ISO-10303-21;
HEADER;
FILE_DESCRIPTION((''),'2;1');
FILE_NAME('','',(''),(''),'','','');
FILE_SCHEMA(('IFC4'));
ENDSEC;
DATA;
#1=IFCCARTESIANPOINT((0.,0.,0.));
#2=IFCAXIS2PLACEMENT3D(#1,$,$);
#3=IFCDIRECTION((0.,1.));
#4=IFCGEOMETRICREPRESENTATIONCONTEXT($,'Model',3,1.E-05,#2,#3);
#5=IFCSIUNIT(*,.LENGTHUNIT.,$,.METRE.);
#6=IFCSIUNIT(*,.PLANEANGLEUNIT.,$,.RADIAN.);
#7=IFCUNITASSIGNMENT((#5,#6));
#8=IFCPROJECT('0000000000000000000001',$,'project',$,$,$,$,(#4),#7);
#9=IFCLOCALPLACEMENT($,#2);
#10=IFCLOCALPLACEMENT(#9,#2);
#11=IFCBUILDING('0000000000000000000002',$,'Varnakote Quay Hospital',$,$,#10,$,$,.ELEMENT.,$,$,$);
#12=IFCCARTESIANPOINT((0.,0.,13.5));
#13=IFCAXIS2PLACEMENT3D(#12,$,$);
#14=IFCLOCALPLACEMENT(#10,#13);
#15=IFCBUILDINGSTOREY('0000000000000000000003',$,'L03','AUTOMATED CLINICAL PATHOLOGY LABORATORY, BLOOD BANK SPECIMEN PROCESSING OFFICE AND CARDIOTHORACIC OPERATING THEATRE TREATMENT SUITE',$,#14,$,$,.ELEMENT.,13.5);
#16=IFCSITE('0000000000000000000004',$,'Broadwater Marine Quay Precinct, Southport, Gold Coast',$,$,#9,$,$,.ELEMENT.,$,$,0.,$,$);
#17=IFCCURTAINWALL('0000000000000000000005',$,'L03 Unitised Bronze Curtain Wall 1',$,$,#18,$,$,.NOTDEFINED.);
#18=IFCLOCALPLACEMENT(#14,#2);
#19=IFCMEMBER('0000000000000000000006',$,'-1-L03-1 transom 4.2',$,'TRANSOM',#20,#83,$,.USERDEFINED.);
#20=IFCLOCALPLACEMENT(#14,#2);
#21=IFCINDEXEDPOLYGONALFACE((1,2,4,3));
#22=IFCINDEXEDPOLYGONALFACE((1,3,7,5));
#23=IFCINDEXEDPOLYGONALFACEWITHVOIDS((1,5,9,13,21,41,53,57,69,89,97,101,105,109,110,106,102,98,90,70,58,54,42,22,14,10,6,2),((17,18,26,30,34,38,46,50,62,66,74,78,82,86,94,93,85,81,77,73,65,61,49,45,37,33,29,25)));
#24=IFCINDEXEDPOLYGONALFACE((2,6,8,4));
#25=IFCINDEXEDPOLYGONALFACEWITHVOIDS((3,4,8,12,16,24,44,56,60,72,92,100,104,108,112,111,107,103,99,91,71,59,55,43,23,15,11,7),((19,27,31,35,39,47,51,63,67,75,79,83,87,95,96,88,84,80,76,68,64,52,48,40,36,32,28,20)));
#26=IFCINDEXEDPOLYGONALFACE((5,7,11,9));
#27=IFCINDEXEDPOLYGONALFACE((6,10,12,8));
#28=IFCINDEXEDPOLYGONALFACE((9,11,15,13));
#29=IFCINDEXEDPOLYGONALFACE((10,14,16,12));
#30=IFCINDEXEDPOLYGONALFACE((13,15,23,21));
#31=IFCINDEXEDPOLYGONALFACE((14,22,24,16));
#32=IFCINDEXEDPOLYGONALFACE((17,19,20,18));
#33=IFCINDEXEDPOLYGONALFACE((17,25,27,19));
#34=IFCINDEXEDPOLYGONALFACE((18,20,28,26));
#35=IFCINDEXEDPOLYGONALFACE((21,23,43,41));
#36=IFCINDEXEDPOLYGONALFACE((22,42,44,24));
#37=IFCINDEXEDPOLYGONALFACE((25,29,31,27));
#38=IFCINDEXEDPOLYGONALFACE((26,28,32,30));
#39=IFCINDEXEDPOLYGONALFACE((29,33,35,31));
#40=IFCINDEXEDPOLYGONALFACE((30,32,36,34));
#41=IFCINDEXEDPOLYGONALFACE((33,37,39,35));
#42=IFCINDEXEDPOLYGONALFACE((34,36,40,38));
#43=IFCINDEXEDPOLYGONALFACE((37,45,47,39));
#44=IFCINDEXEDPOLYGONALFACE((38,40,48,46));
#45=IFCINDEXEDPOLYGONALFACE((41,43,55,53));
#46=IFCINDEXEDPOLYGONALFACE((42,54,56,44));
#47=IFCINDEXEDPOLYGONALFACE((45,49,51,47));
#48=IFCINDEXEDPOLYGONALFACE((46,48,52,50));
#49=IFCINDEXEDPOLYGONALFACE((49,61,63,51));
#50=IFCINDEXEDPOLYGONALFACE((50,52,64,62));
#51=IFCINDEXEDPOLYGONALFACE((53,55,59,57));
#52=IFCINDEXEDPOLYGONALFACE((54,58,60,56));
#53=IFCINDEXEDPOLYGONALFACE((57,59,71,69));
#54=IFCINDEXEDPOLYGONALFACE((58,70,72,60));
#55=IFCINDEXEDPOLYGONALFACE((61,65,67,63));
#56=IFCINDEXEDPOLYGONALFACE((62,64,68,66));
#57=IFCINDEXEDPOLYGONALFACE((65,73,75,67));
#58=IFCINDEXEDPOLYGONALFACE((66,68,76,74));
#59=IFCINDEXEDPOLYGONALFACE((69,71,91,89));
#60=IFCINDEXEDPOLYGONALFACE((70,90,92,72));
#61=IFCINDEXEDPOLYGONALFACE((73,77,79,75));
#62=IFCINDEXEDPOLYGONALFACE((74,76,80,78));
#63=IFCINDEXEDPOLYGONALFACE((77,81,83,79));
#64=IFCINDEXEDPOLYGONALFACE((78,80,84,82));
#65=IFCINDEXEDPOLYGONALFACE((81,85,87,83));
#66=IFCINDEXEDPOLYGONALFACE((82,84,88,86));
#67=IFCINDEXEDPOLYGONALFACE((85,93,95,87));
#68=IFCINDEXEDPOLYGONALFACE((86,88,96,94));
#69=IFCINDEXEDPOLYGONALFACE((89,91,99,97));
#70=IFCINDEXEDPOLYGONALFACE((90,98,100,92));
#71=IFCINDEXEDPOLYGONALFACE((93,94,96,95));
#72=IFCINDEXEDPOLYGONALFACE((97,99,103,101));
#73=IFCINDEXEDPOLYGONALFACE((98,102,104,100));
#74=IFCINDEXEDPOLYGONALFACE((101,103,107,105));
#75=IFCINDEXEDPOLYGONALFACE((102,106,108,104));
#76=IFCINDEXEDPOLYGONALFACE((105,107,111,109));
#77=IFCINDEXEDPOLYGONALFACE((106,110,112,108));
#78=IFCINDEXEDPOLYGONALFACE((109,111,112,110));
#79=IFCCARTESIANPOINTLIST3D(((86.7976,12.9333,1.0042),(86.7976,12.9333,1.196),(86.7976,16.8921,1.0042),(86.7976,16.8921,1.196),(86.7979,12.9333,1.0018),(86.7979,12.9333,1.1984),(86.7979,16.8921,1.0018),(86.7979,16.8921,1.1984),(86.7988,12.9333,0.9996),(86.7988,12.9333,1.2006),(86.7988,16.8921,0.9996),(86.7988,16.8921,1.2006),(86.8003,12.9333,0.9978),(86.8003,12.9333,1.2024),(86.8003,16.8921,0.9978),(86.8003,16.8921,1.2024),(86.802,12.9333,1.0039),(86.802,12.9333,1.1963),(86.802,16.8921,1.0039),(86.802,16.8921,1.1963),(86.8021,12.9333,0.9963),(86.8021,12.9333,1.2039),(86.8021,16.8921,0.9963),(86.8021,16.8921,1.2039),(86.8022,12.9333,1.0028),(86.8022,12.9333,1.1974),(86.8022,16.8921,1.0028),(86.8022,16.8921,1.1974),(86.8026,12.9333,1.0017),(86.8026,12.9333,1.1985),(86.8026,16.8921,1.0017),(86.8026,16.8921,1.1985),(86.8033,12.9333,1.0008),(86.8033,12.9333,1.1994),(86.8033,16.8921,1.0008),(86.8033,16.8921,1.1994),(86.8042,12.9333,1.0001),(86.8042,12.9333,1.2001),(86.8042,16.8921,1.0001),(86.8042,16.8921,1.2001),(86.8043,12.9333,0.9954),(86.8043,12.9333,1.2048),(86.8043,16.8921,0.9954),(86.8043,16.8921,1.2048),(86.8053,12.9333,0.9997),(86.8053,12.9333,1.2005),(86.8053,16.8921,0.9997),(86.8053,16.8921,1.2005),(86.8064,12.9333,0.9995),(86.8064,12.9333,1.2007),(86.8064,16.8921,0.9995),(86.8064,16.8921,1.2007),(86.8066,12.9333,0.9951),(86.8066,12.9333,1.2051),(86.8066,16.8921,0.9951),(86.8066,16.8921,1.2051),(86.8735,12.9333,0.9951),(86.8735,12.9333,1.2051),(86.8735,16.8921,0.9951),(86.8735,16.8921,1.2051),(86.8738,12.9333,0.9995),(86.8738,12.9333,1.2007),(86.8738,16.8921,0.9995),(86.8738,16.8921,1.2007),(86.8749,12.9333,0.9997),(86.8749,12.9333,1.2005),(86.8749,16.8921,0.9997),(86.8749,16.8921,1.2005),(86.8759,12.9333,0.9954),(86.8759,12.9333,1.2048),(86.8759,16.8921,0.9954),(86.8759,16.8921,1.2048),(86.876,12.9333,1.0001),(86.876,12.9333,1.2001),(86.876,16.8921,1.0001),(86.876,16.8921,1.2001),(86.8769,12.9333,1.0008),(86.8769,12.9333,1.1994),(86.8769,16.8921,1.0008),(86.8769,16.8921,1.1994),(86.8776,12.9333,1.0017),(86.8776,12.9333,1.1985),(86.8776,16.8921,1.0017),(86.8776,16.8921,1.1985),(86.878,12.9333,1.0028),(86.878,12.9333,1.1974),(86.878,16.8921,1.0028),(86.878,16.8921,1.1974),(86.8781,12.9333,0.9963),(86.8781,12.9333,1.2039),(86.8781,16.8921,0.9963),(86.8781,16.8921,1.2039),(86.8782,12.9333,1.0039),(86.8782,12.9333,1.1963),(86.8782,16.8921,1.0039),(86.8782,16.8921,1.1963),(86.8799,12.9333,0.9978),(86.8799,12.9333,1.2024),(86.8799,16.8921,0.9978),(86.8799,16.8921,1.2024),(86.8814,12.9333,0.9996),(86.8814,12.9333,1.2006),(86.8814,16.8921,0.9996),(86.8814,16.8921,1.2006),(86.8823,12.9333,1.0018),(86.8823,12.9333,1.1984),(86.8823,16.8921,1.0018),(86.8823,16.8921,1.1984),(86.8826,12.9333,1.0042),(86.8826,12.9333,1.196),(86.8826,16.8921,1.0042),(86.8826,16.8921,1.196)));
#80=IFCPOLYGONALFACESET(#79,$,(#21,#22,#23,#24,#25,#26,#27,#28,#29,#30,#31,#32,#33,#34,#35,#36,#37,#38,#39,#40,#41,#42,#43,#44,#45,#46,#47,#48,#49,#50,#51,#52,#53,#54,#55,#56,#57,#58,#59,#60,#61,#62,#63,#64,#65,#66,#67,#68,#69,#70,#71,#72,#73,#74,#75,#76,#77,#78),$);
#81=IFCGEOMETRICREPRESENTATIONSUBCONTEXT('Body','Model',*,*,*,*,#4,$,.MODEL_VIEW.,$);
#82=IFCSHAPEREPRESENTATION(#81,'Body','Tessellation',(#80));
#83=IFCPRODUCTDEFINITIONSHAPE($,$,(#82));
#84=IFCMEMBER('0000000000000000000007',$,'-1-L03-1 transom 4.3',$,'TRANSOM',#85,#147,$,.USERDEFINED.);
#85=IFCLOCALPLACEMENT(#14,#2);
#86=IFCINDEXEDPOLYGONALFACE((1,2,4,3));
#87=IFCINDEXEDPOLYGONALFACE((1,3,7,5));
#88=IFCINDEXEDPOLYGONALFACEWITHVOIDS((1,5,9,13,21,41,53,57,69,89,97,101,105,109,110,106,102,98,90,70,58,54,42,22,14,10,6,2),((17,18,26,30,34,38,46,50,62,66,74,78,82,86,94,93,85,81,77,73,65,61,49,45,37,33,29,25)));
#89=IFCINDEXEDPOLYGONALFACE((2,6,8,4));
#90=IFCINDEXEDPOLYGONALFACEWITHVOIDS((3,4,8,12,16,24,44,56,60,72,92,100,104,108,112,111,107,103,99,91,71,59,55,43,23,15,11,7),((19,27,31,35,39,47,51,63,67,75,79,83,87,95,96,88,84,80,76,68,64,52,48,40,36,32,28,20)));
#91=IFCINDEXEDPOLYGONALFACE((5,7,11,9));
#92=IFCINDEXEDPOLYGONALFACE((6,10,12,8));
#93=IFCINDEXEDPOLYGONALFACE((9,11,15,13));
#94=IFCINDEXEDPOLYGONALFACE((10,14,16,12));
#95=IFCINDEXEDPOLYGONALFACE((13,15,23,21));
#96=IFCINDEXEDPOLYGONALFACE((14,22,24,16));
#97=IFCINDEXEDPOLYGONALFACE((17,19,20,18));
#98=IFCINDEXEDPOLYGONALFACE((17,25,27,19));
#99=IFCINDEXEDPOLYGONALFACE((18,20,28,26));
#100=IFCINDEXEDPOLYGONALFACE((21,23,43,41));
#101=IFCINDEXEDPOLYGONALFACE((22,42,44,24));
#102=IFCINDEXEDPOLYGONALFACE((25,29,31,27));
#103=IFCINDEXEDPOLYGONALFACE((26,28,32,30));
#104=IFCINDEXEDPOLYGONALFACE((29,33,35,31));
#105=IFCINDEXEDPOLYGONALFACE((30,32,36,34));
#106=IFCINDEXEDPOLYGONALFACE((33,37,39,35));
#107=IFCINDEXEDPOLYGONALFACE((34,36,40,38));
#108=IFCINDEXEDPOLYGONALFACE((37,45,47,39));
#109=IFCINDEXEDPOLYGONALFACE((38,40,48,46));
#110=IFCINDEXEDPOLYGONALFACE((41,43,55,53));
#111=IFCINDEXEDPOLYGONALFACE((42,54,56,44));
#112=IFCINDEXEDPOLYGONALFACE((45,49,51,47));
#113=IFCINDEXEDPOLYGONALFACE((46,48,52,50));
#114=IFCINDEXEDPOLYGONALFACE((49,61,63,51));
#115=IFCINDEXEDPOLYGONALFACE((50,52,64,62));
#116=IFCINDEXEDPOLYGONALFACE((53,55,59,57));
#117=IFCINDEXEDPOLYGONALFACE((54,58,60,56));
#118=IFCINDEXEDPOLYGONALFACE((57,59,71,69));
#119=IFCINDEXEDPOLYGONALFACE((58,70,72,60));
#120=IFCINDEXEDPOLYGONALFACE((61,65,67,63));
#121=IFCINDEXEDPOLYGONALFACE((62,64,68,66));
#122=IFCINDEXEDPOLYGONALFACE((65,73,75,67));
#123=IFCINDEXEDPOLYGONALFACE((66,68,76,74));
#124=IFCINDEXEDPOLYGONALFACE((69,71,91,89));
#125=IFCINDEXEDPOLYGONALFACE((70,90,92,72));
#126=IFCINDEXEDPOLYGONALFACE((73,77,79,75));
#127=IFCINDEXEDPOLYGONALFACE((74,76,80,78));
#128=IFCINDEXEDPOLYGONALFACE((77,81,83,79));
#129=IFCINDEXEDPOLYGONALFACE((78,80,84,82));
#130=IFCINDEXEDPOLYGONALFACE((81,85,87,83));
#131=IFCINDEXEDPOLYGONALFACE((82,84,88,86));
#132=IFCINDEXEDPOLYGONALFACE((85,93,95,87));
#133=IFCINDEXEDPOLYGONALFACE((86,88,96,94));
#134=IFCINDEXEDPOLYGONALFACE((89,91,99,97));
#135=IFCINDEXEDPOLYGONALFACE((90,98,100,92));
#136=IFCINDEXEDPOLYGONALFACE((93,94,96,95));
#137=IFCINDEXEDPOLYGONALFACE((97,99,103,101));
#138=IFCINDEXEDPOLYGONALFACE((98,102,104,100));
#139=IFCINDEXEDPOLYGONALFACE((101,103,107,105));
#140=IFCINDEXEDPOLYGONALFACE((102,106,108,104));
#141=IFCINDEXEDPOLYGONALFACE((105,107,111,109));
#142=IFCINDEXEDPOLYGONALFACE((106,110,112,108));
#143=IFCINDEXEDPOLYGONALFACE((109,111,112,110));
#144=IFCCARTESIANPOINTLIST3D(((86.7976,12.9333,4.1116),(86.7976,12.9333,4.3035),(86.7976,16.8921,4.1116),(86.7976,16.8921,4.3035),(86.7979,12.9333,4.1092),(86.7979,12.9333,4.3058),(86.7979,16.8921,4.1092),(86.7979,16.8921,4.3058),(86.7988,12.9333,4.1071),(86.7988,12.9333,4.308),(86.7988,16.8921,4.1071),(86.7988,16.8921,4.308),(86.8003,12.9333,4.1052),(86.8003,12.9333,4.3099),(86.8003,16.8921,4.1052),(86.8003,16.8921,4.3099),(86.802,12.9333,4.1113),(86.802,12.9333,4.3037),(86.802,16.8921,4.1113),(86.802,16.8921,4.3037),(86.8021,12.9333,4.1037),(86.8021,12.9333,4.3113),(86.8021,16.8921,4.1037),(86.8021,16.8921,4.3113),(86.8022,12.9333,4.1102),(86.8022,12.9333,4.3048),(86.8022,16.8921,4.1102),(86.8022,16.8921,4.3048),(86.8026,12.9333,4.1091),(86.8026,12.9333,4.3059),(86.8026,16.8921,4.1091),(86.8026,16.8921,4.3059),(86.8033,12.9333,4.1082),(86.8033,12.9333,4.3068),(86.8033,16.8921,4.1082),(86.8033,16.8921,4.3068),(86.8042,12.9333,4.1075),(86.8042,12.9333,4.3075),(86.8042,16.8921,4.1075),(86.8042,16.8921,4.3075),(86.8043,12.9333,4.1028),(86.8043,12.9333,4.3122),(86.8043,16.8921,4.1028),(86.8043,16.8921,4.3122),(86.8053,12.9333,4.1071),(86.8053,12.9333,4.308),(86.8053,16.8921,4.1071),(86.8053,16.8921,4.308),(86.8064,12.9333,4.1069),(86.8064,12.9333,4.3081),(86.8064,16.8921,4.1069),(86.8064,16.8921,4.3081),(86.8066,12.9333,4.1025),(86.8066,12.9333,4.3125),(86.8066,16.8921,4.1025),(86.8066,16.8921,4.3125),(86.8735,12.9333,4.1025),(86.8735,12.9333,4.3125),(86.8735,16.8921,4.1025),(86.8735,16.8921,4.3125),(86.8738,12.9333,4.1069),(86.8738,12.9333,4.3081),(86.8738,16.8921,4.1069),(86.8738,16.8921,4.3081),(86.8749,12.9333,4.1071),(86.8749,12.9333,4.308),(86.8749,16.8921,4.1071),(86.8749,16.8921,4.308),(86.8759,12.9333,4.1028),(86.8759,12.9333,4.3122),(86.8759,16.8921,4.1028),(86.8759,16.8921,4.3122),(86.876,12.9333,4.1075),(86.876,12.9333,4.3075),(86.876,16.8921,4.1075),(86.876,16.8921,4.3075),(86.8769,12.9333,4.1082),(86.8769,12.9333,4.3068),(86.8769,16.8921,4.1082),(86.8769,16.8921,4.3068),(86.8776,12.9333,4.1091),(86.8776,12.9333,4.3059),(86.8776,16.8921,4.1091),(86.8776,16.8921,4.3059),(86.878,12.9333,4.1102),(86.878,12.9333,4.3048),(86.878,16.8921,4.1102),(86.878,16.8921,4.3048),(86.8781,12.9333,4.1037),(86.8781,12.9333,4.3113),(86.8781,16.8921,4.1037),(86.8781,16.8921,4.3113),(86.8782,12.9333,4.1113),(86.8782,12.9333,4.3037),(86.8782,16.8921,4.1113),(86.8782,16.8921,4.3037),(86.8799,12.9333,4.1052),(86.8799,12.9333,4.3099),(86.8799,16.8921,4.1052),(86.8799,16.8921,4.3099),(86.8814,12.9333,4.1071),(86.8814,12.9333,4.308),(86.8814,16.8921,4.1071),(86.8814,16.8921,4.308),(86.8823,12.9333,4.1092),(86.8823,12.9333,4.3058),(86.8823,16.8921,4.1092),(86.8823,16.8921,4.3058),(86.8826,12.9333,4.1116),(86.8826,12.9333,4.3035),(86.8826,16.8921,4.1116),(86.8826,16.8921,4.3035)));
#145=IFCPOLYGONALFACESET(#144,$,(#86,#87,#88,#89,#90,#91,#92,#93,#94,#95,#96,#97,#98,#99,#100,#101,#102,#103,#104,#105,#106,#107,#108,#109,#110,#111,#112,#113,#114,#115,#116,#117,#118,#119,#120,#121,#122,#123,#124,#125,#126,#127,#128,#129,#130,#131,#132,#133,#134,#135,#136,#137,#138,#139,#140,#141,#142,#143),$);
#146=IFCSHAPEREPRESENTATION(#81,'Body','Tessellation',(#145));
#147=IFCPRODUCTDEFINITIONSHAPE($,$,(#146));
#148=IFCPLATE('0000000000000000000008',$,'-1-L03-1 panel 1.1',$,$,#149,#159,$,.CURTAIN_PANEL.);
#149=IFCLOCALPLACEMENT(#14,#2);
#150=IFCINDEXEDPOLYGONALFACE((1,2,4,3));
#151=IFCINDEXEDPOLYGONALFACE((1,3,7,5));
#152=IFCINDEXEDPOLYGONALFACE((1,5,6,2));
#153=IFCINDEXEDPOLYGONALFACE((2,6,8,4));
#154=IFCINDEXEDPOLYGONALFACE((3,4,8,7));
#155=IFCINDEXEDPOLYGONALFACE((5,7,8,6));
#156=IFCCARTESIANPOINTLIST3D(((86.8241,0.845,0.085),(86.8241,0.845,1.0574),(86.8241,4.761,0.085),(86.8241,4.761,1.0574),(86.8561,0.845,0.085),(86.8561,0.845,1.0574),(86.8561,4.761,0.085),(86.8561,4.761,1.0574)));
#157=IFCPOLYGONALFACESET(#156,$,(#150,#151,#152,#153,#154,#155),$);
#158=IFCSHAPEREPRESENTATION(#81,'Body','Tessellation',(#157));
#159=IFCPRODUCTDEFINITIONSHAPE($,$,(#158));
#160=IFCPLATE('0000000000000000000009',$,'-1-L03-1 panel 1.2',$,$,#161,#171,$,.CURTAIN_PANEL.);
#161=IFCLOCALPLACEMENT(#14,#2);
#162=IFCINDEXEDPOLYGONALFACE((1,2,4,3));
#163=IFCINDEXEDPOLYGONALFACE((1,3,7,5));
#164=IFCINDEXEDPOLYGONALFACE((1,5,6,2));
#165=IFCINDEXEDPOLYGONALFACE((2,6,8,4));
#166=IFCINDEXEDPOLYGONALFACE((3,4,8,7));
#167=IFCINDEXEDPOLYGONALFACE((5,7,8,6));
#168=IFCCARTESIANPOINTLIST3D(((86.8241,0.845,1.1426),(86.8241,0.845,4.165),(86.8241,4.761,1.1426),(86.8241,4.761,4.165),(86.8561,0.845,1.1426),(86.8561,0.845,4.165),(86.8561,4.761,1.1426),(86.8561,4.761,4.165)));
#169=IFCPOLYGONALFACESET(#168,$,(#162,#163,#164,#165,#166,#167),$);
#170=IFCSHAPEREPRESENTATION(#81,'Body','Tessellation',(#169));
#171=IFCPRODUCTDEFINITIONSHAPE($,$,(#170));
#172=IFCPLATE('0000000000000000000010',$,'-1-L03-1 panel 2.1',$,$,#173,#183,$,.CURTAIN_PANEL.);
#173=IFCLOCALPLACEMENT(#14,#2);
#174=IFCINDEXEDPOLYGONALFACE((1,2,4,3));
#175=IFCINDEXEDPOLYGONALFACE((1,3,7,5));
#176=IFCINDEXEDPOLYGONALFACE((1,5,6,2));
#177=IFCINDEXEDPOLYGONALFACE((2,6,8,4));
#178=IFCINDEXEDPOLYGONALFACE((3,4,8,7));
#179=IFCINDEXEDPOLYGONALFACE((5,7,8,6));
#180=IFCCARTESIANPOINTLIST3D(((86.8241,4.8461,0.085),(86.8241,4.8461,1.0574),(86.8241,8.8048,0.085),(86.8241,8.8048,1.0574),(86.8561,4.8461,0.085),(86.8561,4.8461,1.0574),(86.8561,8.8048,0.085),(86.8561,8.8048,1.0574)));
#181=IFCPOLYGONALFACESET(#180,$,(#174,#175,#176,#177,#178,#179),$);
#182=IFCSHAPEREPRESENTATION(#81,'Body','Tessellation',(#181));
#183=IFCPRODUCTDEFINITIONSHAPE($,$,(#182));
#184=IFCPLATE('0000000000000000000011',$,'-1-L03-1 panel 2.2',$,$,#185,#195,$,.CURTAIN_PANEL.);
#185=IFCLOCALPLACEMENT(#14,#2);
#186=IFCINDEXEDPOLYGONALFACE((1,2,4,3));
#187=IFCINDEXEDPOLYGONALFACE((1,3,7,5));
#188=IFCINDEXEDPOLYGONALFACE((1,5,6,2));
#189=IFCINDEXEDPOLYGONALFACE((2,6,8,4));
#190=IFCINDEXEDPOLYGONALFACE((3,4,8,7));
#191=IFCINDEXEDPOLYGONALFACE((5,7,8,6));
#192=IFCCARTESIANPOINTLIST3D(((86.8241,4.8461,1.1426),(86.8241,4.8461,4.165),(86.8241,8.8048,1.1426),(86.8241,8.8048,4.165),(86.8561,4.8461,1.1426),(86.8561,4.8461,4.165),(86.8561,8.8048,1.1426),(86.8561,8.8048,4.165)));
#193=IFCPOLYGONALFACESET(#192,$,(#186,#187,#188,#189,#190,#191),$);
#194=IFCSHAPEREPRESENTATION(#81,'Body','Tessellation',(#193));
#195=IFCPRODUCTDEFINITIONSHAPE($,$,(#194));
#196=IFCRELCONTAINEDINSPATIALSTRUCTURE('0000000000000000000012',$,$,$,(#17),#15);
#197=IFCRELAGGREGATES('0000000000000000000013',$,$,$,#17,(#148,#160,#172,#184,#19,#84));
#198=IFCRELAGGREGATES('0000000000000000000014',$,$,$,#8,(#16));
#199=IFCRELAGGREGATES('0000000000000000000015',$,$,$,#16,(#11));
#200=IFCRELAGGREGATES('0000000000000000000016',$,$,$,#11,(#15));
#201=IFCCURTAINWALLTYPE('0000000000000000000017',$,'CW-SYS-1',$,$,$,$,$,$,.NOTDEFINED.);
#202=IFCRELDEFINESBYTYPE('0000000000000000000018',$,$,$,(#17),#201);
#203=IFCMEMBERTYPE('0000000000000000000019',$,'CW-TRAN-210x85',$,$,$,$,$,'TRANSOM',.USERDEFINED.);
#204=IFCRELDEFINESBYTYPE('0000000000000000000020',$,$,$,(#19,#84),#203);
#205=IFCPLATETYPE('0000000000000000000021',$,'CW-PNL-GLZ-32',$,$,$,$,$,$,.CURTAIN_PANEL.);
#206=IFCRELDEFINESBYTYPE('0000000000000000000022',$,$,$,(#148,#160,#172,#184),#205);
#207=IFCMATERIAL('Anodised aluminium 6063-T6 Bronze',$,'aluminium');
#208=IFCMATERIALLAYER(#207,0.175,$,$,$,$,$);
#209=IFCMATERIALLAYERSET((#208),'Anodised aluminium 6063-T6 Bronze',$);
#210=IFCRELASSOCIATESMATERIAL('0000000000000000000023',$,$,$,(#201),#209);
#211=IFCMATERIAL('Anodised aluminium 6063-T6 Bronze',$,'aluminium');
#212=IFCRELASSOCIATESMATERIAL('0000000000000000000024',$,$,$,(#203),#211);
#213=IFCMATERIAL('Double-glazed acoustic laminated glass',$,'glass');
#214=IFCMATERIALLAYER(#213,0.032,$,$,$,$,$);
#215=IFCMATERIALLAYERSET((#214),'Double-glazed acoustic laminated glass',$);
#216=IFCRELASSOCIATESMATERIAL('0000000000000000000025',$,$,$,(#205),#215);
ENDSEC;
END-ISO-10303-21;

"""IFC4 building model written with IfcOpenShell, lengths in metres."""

from ifc_helpers import new_model, si_unit, direction, frame, origin, origin_2d, place, context, subcontext, project, spatial, rectangle, hollow_rectangle, extrude, material, layer, layer_set, material_profile, profile_set, type_object, element, aggregate, save


model = new_model("IFC4")

# Units and contexts
model_context = context("Model", 3, precision=1e-05, world=origin(), true_north=direction((0.0, 1.0)))
body_context = subcontext(model_context, "Body", "Model", "MODEL_VIEW")
ifc_project = project(units=[si_unit("LENGTHUNIT", "METRE"), si_unit("PLANEANGLEUNIT", "RADIAN")], contexts=[model_context])

# Site, building, storey
site_placement = place(None, origin())
site = spatial("IfcSite", under=ifc_project, at=site_placement, Name="Broadwater Marine Quay Precinct, Southport, Gold Coast", CompositionType="ELEMENT", RefElevation=0.0)
building_placement = place(site_placement, origin())
building = spatial("IfcBuilding", under=site, at=building_placement, Name="Varnakote Quay Hospital", CompositionType="ELEMENT")
storey_placement = place(building_placement, frame((0.0, 0.0, 13.5)))
storey = spatial("IfcBuildingStorey", under=building, at=storey_placement, Name="L03", Description="AUTOMATED CLINICAL PATHOLOGY LABORATORY, BLOOD BANK SPECIMEN PROCESSING OFFICE AND CARDIOTHORACIC OPERATING THEATRE TREATMENT SUITE", CompositionType="ELEMENT", Elevation=13.5)

# Curtain wall, members, plates
ifc_material_1 = material(Name="Anodised aluminium 6063-T6 Bronze", Category="aluminium")
ifc_layer_1 = layer(ifc_material_1, 0.175)
ifc_layer_set_1 = layer_set([ifc_layer_1], Name="Anodised aluminium 6063-T6 Bronze")
curtain_wall_type = type_object("IfcCurtainWallType", Name="CW-SYS-1", PredefinedType="NOTDEFINED", material=ifc_layer_set_1)
curtain_wall_placement = place(storey_placement, origin())
curtain_wall = element("IfcCurtainWall", 1, at=curtain_wall_placement, inside=storey, type_object=curtain_wall_type, Name="L03 Unitised Bronze Curtain Wall 1", PredefinedType="NOTDEFINED")
ifc_material_2 = material(Name="Anodised aluminium 6063-T6 Bronze", Category="aluminium")
ifc_material_profile_1 = material_profile(ifc_material_2, hollow_rectangle(XDim=0.085, YDim=0.21, WallThickness=0.0044, InnerFilletRadius=0.0044, OuterFilletRadius=0.009, at=origin_2d()), Name="CW-TRAN-210x85")
ifc_profile_set_1 = profile_set([ifc_material_profile_1], Name="Anodised aluminium 6063-T6 Bronze")
member_type_1 = type_object("IfcMemberType", Name="CW-TRAN-210x85", ElementType="TRANSOM", PredefinedType="USERDEFINED", material=ifc_profile_set_1)
member_1_placement = place(storey_placement, frame((86.8401, 12.9333, 1.1001), z_axis=(0.0, 1.0, 0.0), x_axis=(-1.0, 0.0, 0.0)))
member_1 = element("IfcMember", 2, at=member_1_placement, type_object=member_type_1, Name="-1-L03-1 transom 4.2", ObjectType="TRANSOM", PredefinedType="USERDEFINED", context=body_context, shape_type="SweptSolid", body=[
    extrude(hollow_rectangle(XDim=0.085, YDim=0.21, WallThickness=0.0044, InnerFilletRadius=0.0044, OuterFilletRadius=0.009, at=origin_2d()), origin(), (0.0, 0.0, 1.0), 3.9587),
])
member_2_placement = place(storey_placement, frame((86.8401, 12.9333, 4.2075), z_axis=(0.0, 1.0, 0.0), x_axis=(-1.0, 0.0, 0.0)))
member_2 = element("IfcMember", 3, at=member_2_placement, type_object=member_type_1, Name="-1-L03-1 transom 4.3", ObjectType="TRANSOM", PredefinedType="USERDEFINED", context=body_context, shape_type="SweptSolid", body=[
    extrude(hollow_rectangle(XDim=0.085, YDim=0.21, WallThickness=0.0044, InnerFilletRadius=0.0044, OuterFilletRadius=0.009, at=origin_2d()), origin(), (0.0, 0.0, 1.0), 3.9587),
])
ifc_material_3 = material(Name="Double-glazed acoustic laminated glass", Category="glass")
ifc_layer_2 = layer(ifc_material_3, 0.032)
ifc_layer_set_2 = layer_set([ifc_layer_2], Name="Double-glazed acoustic laminated glass")
plate_type = type_object("IfcPlateType", Name="CW-PNL-GLZ-32", PredefinedType="CURTAIN_PANEL", material=ifc_layer_set_2)
plate_1_placement = place(storey_placement, frame((86.8401, 2.803, 0.085), z_axis=(0.0, 0.0, 1.0), x_axis=(0.0, 1.0, 0.0)))
plate_1 = element("IfcPlate", 4, at=plate_1_placement, type_object=plate_type, Name="-1-L03-1 panel 1.1", PredefinedType="CURTAIN_PANEL", context=body_context, shape_type="SweptSolid", body=[
    extrude(rectangle(XDim=3.916, YDim=0.032, at=origin_2d()), origin(), (0.0, 0.0, 1.0), 0.9724),
])
plate_2_placement = place(storey_placement, frame((86.8401, 2.803, 1.1426), z_axis=(0.0, 0.0, 1.0), x_axis=(0.0, 1.0, 0.0)))
plate_2 = element("IfcPlate", 5, at=plate_2_placement, type_object=plate_type, Name="-1-L03-1 panel 1.2", PredefinedType="CURTAIN_PANEL", context=body_context, shape_type="SweptSolid", body=[
    extrude(rectangle(XDim=3.916, YDim=0.032, at=origin_2d()), origin(), (0.0, 0.0, 1.0), 3.0225),
])
plate_3_placement = place(storey_placement, frame((86.8401, 6.8254, 0.085), z_axis=(0.0, 0.0, 1.0), x_axis=(0.0, 1.0, 0.0)))
plate_3 = element("IfcPlate", 6, at=plate_3_placement, type_object=plate_type, Name="-1-L03-1 panel 2.1", PredefinedType="CURTAIN_PANEL", context=body_context, shape_type="SweptSolid", body=[
    extrude(rectangle(XDim=3.9587, YDim=0.032, at=origin_2d()), origin(), (0.0, 0.0, 1.0), 0.9724),
])
plate_4_placement = place(storey_placement, frame((86.8401, 6.8254, 1.1426), z_axis=(0.0, 0.0, 1.0), x_axis=(0.0, 1.0, 0.0)))
plate_4 = element("IfcPlate", 7, at=plate_4_placement, type_object=plate_type, Name="-1-L03-1 panel 2.2", PredefinedType="CURTAIN_PANEL", context=body_context, shape_type="SweptSolid", body=[
    extrude(rectangle(XDim=3.9587, YDim=0.032, at=origin_2d()), origin(), (0.0, 0.0, 1.0), 3.0225),
])
aggregate(curtain_wall, [plate_1, plate_2, plate_3, plate_4, member_1, member_2])

save(model, "model.ifc")
